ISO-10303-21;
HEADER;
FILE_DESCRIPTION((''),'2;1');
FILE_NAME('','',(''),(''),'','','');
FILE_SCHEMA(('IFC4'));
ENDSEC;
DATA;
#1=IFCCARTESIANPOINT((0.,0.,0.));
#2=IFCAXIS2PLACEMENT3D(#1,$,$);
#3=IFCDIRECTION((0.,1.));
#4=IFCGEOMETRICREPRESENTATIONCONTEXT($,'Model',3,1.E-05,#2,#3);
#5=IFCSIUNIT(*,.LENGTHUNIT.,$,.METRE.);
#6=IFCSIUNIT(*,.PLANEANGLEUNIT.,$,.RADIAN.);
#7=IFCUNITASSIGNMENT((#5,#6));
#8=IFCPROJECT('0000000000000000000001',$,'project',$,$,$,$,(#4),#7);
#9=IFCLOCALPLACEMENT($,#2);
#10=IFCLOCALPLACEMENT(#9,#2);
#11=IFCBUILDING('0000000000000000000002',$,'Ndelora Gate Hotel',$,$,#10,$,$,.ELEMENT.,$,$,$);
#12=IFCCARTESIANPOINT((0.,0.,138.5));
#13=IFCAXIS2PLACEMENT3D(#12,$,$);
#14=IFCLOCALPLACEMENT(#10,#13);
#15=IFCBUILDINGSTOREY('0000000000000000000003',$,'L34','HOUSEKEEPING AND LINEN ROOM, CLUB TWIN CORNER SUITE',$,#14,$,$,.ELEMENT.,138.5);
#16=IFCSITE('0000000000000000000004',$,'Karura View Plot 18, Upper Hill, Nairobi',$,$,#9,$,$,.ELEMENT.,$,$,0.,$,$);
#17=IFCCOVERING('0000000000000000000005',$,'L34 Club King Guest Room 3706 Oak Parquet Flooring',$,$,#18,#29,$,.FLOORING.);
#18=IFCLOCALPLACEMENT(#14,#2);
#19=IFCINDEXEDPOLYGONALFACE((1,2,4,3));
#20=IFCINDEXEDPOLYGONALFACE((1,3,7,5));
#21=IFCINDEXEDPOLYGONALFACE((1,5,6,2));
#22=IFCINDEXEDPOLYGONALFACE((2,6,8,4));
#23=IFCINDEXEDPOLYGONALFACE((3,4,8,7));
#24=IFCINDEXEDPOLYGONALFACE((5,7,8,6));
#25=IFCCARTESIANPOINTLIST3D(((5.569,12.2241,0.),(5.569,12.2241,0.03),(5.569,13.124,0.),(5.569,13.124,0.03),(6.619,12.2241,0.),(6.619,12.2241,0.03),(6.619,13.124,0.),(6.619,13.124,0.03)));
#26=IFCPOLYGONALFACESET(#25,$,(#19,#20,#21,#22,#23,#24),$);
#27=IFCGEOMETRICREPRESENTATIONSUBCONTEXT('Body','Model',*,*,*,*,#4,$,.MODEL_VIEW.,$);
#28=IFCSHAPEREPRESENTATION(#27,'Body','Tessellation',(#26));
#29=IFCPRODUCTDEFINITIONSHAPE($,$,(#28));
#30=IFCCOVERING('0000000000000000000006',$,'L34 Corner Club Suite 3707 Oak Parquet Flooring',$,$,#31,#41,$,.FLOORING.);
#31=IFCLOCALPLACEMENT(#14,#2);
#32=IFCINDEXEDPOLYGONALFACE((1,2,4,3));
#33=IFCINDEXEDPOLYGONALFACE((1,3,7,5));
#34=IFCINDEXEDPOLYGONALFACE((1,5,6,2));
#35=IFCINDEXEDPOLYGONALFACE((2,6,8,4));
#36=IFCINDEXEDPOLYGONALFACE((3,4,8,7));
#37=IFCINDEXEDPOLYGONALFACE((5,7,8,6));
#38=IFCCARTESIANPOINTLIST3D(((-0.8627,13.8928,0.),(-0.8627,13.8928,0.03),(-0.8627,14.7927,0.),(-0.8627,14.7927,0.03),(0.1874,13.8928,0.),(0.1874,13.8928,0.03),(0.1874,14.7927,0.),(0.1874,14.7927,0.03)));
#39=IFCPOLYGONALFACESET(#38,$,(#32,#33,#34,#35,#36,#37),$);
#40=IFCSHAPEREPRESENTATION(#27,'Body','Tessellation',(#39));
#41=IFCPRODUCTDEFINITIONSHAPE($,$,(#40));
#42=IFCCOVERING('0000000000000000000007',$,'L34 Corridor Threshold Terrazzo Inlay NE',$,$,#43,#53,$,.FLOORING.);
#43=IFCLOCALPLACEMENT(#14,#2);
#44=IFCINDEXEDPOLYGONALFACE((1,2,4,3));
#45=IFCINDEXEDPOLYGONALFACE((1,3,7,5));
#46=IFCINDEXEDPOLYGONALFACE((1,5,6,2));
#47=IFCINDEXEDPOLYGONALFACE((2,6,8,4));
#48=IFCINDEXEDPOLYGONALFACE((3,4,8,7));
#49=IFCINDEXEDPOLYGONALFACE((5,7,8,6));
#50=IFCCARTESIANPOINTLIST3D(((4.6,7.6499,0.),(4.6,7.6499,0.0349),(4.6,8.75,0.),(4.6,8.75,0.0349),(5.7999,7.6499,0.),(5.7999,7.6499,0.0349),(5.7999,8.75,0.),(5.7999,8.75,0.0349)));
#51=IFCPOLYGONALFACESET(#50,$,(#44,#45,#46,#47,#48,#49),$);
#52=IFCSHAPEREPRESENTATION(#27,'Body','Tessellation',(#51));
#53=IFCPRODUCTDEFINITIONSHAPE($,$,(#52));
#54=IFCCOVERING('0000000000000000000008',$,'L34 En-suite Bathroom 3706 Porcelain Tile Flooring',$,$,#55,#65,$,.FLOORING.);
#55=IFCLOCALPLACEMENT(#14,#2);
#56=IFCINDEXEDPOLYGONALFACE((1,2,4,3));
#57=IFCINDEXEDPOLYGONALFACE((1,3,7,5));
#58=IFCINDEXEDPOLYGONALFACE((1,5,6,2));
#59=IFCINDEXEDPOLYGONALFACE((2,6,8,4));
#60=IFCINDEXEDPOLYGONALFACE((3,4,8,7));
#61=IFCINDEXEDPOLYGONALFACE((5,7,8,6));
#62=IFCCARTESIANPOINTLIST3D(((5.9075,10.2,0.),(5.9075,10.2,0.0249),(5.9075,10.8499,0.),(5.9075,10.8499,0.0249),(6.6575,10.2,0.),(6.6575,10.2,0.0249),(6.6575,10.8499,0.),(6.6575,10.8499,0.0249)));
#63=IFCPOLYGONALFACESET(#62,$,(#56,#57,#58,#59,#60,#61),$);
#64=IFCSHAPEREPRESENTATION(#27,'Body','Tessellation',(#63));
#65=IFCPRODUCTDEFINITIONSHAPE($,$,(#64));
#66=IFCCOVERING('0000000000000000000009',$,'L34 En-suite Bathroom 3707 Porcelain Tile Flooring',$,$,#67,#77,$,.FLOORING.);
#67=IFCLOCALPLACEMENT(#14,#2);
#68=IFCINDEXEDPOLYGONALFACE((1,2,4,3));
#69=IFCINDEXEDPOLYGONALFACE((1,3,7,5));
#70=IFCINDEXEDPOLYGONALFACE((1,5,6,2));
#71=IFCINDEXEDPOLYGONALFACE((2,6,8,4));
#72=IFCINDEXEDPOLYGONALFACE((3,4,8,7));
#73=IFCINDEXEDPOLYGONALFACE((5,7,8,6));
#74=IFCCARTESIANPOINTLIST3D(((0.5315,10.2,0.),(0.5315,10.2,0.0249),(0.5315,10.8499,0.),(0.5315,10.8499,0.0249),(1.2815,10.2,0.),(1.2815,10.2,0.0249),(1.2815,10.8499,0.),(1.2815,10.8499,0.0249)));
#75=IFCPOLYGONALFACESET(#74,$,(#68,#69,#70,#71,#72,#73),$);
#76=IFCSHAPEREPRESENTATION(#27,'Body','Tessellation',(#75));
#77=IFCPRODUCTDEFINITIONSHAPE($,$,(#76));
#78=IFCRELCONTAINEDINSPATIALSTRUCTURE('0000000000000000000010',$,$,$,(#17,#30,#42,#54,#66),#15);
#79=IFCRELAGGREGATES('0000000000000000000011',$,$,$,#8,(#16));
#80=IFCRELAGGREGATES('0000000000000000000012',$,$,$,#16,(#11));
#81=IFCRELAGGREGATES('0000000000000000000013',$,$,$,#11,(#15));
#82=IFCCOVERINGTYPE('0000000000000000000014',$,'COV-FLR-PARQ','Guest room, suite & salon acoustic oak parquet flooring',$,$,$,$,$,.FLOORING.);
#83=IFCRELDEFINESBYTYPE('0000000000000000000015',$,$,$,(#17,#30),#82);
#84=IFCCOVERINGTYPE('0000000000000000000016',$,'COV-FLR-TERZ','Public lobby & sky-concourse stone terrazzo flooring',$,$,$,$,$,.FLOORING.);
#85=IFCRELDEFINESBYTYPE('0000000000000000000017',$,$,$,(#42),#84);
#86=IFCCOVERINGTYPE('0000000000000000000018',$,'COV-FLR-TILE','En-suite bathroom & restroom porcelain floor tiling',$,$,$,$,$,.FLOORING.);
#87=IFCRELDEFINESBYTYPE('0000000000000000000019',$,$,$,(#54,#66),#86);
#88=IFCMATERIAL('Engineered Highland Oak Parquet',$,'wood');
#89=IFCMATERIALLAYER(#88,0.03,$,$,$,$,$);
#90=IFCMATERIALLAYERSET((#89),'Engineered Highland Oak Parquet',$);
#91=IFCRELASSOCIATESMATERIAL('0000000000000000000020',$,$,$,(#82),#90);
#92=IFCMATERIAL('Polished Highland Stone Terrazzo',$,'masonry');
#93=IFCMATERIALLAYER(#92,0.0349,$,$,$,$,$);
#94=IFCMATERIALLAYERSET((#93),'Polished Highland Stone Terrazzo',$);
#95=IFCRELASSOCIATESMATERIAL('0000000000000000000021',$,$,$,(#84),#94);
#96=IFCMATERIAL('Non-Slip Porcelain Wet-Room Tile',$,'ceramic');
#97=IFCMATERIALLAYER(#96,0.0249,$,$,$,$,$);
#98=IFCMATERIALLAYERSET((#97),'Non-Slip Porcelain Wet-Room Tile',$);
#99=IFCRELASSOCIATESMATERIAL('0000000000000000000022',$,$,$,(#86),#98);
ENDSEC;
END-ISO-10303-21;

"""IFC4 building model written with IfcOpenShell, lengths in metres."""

from ifc_helpers import new_model, si_unit, direction, frame, origin, origin_2d, place, context, subcontext, project, spatial, rectangle, extrude, material, layer, layer_set, type_object, element, save


model = new_model("IFC4")

# Units and contexts
model_context = context("Model", 3, precision=1e-05, world=origin(), true_north=direction((0.0, 1.0)))
body_context = subcontext(model_context, "Body", "Model", "MODEL_VIEW")
ifc_project = project(units=[si_unit("LENGTHUNIT", "METRE"), si_unit("PLANEANGLEUNIT", "RADIAN")], contexts=[model_context])

# Site, building, storey
site_placement = place(None, origin())
site = spatial("IfcSite", under=ifc_project, at=site_placement, Name="Karura View Plot 18, Upper Hill, Nairobi", CompositionType="ELEMENT", RefElevation=0.0)
building_placement = place(site_placement, origin())
building = spatial("IfcBuilding", under=site, at=building_placement, Name="Ndelora Gate Hotel", CompositionType="ELEMENT")
storey_placement = place(building_placement, frame((0.0, 0.0, 138.5)))
storey = spatial("IfcBuildingStorey", under=building, at=storey_placement, Name="L34", Description="HOUSEKEEPING AND LINEN ROOM, CLUB TWIN CORNER SUITE", CompositionType="ELEMENT", Elevation=138.5)

# Coverings
ifc_material_1 = material(Name="Engineered Highland Oak Parquet", Category="wood")
ifc_layer_1 = layer(ifc_material_1, 0.03)
ifc_layer_set_1 = layer_set([ifc_layer_1], Name="Engineered Highland Oak Parquet")
covering_type_1 = type_object("IfcCoveringType", Name="COV-FLR-PARQ", Description="Guest room, suite & salon acoustic oak parquet flooring", PredefinedType="FLOORING", material=ifc_layer_set_1)
for number, where, z_axis, x_axis, name in (
    (1, (6.094, 12.6741, 0.0), (0.0, 0.0, 1.0), (1.0, 0.0, 0.0), "L34 Club King Guest Room 3706 Oak Parquet Flooring"),
    (2, (-0.3376, 14.3428, 0.0), (0.0, 0.0, 1.0), (1.0, 0.0, 0.0), "L34 Corner Club Suite 3707 Oak Parquet Flooring"),
):
    element("IfcCovering", number, at=place(storey_placement, frame(where, z_axis=z_axis, x_axis=x_axis)), inside=storey, type_object=covering_type_1, Name=name, PredefinedType="FLOORING", context=body_context, shape_type="SweptSolid", body=[
        extrude(rectangle(XDim=1.05, YDim=0.8999, at=origin_2d()), origin(), (0.0, 0.0, 1.0), 0.03),
    ])
ifc_material_2 = material(Name="Polished Highland Stone Terrazzo", Category="masonry")
ifc_layer_2 = layer(ifc_material_2, 0.0349)
ifc_layer_set_2 = layer_set([ifc_layer_2], Name="Polished Highland Stone Terrazzo")
covering_type_2 = type_object("IfcCoveringType", Name="COV-FLR-TERZ", Description="Public lobby & sky-concourse stone terrazzo flooring", PredefinedType="FLOORING", material=ifc_layer_set_2)
covering_1_placement = place(storey_placement, frame((5.2, 8.2, 0.0), z_axis=(0.0, 0.0, 1.0), x_axis=(1.0, 0.0, 0.0)))
element("IfcCovering", 3, at=covering_1_placement, inside=storey, type_object=covering_type_2, Name="L34 Corridor Threshold Terrazzo Inlay NE", PredefinedType="FLOORING", context=body_context, shape_type="SweptSolid", body=[
    extrude(rectangle(XDim=1.2, YDim=1.1001, at=origin_2d()), origin(), (0.0, 0.0, 1.0), 0.0349),
])
ifc_material_3 = material(Name="Non-Slip Porcelain Wet-Room Tile", Category="ceramic")
ifc_layer_3 = layer(ifc_material_3, 0.0249)
ifc_layer_set_3 = layer_set([ifc_layer_3], Name="Non-Slip Porcelain Wet-Room Tile")
covering_type_3 = type_object("IfcCoveringType", Name="COV-FLR-TILE", Description="En-suite bathroom & restroom porcelain floor tiling", PredefinedType="FLOORING", material=ifc_layer_set_3)
for number, where, z_axis, x_axis, name in (
    (4, (6.2825, 10.5249, 0.0), (0.0, 0.0, 1.0), (1.0, 0.0, 0.0), "L34 En-suite Bathroom 3706 Porcelain Tile Flooring"),
    (5, (0.9065, 10.5249, 0.0), (0.0, 0.0, 1.0), (1.0, 0.0, 0.0), "L34 En-suite Bathroom 3707 Porcelain Tile Flooring"),
):
    element("IfcCovering", number, at=place(storey_placement, frame(where, z_axis=z_axis, x_axis=x_axis)), inside=storey, type_object=covering_type_3, Name=name, PredefinedType="FLOORING", context=body_context, shape_type="SweptSolid", body=[
        extrude(rectangle(XDim=0.75, YDim=0.6499, at=origin_2d()), origin(), (0.0, 0.0, 1.0), 0.0249),
    ])

save(model, "model.ifc")
